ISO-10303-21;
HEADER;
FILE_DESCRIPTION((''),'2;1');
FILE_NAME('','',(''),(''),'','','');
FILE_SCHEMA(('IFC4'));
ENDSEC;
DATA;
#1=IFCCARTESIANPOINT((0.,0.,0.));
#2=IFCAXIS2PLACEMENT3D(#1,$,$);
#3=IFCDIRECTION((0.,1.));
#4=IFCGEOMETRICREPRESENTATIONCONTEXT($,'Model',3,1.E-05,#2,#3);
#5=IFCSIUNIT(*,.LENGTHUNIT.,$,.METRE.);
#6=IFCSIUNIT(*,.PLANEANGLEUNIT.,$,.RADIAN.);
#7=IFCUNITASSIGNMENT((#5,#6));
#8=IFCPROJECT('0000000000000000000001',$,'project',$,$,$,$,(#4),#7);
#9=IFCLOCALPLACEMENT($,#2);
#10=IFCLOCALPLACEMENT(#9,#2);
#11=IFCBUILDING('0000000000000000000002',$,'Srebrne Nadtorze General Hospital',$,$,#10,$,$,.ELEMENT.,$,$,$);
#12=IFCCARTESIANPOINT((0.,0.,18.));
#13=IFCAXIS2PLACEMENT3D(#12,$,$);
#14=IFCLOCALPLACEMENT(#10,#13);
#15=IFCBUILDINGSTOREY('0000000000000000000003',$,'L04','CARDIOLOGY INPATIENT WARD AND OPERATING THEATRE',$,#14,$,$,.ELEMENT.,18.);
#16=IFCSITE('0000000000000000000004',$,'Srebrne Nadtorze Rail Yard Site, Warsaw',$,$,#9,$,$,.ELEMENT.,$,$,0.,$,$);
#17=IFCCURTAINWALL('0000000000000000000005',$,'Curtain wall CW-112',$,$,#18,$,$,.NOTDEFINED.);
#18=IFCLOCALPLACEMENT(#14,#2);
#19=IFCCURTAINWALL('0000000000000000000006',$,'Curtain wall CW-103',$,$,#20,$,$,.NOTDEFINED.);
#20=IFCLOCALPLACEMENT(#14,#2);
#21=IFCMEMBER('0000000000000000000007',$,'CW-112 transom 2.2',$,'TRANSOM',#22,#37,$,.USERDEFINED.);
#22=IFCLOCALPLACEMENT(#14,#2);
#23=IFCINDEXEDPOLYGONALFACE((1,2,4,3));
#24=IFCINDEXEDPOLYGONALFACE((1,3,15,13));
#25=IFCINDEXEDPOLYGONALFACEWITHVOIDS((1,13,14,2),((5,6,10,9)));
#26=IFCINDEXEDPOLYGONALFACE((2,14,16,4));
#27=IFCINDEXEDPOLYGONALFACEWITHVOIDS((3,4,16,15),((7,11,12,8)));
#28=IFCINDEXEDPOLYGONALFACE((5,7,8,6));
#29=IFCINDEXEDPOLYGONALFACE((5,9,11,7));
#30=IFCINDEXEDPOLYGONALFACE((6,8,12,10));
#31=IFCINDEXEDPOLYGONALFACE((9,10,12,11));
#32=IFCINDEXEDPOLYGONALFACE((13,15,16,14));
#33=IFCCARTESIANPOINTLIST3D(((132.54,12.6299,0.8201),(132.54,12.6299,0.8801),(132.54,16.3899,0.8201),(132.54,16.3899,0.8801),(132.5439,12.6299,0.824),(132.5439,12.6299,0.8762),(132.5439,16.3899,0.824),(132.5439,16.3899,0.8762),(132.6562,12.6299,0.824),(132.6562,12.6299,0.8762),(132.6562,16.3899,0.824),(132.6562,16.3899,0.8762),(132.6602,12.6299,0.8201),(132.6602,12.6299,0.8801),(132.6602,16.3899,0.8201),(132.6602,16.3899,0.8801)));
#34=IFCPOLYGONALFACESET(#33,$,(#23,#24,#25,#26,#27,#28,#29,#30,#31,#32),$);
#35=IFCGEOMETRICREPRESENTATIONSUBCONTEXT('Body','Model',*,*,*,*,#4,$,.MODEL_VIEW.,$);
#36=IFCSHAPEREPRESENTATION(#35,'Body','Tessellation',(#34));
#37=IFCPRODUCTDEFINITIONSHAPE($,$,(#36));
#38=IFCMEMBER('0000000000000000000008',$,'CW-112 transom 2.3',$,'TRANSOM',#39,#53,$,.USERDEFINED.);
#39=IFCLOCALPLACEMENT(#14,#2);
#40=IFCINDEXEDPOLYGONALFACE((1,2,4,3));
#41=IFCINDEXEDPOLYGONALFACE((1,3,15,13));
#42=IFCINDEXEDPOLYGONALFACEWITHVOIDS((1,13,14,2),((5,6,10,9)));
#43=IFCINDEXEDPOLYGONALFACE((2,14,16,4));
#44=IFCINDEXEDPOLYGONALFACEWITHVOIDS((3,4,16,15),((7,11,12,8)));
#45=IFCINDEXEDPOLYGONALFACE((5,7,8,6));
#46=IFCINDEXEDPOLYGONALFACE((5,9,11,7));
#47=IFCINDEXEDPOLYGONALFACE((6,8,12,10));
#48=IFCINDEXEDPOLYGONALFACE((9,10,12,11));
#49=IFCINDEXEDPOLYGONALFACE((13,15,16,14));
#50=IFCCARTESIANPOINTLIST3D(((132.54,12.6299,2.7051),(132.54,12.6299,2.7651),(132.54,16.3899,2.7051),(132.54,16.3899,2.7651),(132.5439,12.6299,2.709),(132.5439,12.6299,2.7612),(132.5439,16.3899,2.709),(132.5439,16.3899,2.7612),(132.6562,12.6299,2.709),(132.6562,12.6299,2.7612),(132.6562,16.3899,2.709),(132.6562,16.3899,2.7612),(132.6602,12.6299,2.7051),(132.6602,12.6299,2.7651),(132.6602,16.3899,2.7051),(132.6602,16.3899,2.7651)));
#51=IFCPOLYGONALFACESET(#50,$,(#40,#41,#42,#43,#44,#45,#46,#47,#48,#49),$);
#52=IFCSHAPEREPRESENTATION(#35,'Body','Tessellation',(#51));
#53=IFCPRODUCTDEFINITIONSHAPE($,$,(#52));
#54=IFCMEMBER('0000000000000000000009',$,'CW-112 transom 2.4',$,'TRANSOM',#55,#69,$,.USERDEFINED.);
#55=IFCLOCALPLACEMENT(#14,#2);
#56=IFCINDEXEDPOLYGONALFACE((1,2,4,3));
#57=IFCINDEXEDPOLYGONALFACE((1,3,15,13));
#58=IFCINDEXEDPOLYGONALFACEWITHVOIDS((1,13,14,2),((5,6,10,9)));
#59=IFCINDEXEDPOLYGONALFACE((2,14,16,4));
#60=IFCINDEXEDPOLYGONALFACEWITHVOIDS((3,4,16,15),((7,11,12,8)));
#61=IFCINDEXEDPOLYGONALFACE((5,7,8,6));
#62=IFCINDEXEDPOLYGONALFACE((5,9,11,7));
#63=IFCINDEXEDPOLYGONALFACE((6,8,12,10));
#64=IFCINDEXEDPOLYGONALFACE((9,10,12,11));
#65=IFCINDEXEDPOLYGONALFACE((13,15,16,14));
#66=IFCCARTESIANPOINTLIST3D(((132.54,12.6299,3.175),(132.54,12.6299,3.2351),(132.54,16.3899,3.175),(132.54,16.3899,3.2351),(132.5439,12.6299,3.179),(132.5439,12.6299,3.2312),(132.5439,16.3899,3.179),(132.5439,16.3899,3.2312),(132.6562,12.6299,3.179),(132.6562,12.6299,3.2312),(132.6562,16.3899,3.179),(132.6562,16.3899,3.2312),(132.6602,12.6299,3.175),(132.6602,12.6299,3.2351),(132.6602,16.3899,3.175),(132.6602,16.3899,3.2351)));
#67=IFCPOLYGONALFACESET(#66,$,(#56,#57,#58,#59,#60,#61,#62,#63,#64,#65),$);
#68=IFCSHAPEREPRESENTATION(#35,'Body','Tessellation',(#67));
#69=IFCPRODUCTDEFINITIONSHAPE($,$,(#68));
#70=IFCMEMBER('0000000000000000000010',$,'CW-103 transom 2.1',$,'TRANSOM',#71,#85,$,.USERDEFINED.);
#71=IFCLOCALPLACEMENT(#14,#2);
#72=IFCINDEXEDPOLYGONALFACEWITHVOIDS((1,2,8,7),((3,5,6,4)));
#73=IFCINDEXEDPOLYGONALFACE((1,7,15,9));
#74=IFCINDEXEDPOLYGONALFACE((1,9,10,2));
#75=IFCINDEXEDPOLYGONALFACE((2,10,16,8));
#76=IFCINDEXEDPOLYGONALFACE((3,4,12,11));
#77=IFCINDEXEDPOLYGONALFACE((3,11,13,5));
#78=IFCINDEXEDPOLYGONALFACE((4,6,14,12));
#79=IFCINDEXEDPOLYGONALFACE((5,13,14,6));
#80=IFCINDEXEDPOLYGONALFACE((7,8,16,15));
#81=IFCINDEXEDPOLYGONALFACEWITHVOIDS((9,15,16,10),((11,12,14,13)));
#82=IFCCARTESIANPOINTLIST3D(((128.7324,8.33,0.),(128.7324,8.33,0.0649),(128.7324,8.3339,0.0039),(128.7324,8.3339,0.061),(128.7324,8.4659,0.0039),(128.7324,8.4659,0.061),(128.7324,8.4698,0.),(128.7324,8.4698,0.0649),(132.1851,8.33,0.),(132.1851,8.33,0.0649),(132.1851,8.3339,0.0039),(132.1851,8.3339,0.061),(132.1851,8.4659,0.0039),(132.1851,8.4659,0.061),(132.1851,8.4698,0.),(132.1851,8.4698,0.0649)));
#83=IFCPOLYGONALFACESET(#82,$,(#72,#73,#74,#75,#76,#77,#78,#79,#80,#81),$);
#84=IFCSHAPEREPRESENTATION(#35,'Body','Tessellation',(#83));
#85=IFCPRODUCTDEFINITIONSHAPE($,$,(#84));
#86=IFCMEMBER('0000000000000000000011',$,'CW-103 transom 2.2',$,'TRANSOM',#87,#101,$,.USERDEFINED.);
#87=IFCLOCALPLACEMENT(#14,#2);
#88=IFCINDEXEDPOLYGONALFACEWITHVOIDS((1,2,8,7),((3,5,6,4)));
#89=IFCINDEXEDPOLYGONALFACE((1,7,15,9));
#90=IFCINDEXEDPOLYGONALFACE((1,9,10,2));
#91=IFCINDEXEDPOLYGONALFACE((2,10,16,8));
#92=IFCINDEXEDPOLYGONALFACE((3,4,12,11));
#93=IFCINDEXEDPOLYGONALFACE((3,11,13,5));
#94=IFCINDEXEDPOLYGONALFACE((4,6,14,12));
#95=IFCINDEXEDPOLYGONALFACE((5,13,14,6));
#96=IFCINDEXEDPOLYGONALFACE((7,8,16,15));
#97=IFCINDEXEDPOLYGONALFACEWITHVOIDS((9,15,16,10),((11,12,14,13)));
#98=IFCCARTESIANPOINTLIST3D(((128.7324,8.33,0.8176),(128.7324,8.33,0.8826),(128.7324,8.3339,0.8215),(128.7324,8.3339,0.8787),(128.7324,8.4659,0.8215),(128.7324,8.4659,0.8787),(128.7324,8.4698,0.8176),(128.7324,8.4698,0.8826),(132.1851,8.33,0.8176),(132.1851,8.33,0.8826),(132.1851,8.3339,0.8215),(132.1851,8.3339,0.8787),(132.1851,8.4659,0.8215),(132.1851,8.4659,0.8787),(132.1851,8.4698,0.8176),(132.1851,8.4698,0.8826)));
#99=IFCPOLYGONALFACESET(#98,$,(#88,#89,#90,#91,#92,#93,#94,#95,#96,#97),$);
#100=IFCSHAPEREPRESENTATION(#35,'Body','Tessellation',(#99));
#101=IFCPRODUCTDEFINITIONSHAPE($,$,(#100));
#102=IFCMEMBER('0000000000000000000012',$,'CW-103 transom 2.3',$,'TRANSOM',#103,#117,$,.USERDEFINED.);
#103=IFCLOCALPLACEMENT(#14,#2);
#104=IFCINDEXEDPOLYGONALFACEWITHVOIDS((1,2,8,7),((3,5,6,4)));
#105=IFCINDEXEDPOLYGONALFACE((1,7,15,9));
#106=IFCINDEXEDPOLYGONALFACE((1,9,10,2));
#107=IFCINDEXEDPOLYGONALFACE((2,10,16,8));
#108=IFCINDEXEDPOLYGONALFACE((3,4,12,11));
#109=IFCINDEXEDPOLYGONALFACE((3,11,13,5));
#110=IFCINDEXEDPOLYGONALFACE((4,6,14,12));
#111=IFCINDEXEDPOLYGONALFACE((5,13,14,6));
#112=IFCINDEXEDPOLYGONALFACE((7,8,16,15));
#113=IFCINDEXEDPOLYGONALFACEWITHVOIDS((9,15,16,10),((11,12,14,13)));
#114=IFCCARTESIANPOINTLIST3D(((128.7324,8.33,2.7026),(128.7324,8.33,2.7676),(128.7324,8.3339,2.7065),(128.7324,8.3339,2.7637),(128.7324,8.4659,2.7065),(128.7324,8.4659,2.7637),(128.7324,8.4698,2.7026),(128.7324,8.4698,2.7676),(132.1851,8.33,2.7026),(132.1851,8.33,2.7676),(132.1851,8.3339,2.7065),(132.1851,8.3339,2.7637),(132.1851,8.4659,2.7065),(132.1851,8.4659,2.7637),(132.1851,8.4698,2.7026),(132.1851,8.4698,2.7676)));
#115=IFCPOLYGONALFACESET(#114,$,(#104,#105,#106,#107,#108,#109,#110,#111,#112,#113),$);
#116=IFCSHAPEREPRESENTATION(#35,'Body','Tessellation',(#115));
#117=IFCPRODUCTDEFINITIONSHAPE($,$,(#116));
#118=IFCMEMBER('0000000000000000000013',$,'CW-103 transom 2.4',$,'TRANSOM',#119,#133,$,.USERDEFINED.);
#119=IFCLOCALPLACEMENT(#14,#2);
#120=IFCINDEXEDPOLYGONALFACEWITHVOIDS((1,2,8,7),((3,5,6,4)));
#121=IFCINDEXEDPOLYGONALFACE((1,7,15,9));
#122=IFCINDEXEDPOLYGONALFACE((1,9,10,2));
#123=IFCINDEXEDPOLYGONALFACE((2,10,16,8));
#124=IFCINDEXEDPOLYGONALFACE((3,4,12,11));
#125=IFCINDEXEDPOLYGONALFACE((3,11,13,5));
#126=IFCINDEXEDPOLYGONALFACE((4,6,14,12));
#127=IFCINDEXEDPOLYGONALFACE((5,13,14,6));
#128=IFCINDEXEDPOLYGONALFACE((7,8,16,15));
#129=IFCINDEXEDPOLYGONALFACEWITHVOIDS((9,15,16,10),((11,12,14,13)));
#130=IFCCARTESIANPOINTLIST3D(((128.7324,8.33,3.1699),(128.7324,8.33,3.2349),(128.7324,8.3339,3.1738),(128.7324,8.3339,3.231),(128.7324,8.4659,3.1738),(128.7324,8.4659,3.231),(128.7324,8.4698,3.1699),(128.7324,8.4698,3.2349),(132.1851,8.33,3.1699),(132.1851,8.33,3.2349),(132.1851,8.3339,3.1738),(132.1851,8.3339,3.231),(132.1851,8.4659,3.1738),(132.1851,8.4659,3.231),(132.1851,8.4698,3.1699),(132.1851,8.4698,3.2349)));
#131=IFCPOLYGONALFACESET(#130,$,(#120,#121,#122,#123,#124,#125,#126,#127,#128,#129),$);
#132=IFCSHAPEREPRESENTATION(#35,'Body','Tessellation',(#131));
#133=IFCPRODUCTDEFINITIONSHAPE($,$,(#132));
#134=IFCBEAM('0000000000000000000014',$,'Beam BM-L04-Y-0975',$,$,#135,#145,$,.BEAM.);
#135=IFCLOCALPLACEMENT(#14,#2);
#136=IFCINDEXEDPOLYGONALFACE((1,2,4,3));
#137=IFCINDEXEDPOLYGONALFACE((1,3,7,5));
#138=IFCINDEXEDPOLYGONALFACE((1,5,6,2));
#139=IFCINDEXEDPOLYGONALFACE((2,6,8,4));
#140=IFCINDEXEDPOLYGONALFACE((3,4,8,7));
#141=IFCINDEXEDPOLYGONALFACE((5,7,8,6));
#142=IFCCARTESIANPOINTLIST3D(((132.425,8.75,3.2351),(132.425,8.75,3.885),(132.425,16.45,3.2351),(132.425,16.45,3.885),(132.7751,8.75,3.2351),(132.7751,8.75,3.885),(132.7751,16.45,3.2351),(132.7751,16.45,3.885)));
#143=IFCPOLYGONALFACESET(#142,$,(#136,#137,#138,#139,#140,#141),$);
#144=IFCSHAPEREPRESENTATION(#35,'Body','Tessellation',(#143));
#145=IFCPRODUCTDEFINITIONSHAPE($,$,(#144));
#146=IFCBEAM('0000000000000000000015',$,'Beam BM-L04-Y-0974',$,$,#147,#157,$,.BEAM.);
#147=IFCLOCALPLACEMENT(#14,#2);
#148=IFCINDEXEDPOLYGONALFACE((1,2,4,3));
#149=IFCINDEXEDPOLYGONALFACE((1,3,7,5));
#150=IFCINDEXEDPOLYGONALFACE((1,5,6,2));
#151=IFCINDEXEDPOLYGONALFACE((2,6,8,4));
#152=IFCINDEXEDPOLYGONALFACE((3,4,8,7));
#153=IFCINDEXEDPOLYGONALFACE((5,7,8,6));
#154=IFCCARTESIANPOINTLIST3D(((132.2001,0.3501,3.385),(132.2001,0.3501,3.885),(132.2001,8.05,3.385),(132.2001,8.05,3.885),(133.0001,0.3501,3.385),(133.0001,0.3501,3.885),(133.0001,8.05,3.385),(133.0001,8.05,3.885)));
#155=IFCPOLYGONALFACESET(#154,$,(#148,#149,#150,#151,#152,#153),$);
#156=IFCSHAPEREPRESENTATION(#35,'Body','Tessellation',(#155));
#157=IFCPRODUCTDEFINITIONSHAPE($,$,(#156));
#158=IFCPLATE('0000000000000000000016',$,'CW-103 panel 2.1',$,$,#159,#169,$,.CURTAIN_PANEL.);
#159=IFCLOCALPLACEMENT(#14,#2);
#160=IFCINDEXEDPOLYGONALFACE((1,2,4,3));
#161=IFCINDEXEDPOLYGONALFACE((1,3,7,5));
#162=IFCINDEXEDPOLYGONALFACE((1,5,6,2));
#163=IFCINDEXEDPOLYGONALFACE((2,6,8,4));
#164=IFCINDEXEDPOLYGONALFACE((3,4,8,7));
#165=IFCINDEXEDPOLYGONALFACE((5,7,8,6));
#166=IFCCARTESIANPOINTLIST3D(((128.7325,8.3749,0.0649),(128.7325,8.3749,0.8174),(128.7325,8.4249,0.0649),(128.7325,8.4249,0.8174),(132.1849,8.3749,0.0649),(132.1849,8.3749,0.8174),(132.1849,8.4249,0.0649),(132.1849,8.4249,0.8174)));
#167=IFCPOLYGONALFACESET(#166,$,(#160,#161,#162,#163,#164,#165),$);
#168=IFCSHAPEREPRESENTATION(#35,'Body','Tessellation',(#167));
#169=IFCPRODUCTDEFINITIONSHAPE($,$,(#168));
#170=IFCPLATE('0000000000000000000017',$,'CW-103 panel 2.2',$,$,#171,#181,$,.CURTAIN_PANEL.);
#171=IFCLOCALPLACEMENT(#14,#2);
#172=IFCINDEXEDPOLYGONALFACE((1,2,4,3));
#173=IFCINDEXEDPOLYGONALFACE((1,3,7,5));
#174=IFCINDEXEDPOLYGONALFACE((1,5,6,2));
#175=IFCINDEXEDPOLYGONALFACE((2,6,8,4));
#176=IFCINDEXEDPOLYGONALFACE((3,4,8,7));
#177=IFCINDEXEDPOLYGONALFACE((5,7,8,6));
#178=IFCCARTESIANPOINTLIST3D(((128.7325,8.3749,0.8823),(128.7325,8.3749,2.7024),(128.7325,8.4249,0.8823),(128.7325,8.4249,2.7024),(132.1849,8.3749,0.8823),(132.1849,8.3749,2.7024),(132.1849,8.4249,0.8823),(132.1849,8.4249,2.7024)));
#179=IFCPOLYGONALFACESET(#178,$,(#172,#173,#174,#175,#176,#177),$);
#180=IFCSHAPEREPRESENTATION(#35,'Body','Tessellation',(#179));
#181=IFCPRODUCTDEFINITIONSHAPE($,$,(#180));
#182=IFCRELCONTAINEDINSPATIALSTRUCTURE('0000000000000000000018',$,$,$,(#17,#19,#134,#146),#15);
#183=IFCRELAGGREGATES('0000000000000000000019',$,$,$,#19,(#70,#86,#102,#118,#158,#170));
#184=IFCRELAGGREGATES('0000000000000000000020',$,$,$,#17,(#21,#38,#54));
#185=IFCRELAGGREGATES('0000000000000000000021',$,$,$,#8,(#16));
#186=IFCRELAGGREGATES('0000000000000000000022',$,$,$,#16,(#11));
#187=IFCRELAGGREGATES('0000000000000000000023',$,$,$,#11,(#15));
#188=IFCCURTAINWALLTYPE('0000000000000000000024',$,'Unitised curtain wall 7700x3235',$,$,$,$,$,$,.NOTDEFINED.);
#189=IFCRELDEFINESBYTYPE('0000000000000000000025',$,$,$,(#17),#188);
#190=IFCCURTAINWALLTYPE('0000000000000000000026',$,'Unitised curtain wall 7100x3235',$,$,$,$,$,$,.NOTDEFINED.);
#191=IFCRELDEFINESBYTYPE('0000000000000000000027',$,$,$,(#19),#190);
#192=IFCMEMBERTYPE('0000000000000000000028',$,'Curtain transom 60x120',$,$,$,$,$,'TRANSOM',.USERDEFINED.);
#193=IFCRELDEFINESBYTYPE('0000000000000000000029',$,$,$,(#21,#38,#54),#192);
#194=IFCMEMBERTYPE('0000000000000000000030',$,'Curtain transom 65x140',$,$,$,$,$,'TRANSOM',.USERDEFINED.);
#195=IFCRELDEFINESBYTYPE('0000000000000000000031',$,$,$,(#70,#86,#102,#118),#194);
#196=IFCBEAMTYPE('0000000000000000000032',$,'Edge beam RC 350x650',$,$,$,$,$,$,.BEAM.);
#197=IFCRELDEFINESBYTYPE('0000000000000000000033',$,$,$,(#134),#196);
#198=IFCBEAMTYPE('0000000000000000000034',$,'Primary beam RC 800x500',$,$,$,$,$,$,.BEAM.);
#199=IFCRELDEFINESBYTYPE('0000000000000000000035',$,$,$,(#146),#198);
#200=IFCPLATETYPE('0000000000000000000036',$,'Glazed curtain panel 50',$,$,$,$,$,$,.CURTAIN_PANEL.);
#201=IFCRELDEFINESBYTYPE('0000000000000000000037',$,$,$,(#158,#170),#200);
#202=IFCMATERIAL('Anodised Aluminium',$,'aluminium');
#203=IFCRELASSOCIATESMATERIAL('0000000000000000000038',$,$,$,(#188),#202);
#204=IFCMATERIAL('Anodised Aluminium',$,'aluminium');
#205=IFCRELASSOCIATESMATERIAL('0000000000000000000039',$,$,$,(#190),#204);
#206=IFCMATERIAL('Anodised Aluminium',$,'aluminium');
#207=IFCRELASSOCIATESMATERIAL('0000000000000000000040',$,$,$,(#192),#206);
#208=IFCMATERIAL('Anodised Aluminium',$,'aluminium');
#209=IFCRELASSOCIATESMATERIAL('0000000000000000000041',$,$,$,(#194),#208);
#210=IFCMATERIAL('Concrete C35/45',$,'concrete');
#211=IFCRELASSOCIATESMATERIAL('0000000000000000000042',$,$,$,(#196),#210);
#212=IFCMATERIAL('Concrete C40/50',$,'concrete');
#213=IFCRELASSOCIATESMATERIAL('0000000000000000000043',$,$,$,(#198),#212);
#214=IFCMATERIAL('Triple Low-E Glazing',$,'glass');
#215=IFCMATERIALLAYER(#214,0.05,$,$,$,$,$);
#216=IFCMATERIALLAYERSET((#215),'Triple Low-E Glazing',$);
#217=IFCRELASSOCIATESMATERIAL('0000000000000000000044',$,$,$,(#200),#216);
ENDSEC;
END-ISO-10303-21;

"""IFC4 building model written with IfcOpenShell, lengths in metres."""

from ifc_helpers import new_model, si_unit, direction, frame, origin, origin_2d, place, context, subcontext, project, spatial, rectangle, hollow_rectangle, extrude, material, layer, layer_set, material_profile, profile_set, type_object, element, aggregate, save


model = new_model("IFC4")

# Units and contexts
model_context = context("Model", 3, precision=1e-05, world=origin(), true_north=direction((0.0, 1.0)))
body_context = subcontext(model_context, "Body", "Model", "MODEL_VIEW")
ifc_project = project(units=[si_unit("LENGTHUNIT", "METRE"), si_unit("PLANEANGLEUNIT", "RADIAN")], contexts=[model_context])

# Site, building, storey
site_placement = place(None, origin())
site = spatial("IfcSite", under=ifc_project, at=site_placement, Name="Srebrne Nadtorze Rail Yard Site, Warsaw", CompositionType="ELEMENT", RefElevation=0.0)
building_placement = place(site_placement, origin())
building = spatial("IfcBuilding", under=site, at=building_placement, Name="Srebrne Nadtorze General Hospital", CompositionType="ELEMENT")
storey_placement = place(building_placement, frame((0.0, 0.0, 18.0)))
storey = spatial("IfcBuildingStorey", under=building, at=storey_placement, Name="L04", Description="CARDIOLOGY INPATIENT WARD AND OPERATING THEATRE", CompositionType="ELEMENT", Elevation=18.0)

# Curtain walls
ifc_material_1 = material(Name="Anodised Aluminium", Category="aluminium")
curtain_wall_type_1 = type_object("IfcCurtainWallType", Name="Unitised curtain wall 7700x3235", PredefinedType="NOTDEFINED", material=ifc_material_1)
curtain_wall_1_placement = place(storey_placement, origin())
curtain_wall_1 = element("IfcCurtainWall", 1, at=curtain_wall_1_placement, inside=storey, type_object=curtain_wall_type_1, Name="Curtain wall CW-112", PredefinedType="NOTDEFINED")
ifc_material_2 = material(Name="Anodised Aluminium", Category="aluminium")
curtain_wall_type_2 = type_object("IfcCurtainWallType", Name="Unitised curtain wall 7100x3235", PredefinedType="NOTDEFINED", material=ifc_material_2)
curtain_wall_2_placement = place(storey_placement, origin())
curtain_wall_2 = element("IfcCurtainWall", 2, at=curtain_wall_2_placement, inside=storey, type_object=curtain_wall_type_2, Name="Curtain wall CW-103", PredefinedType="NOTDEFINED")

# Members
ifc_material_3 = material(Name="Anodised Aluminium", Category="aluminium")
ifc_material_profile_1 = material_profile(ifc_material_3, hollow_rectangle(XDim=0.0601, YDim=0.1201, WallThickness=0.0039, at=origin_2d()), Name="AL-TRN-60x120")
ifc_profile_set_1 = profile_set([ifc_material_profile_1], Name="Anodised Aluminium")
member_type_1 = type_object("IfcMemberType", Name="Curtain transom 60x120", ElementType="TRANSOM", PredefinedType="USERDEFINED", material=ifc_profile_set_1)
member_1_placement = place(storey_placement, frame((132.6001, 12.6299, 0.8501), z_axis=(0.0, 1.0, 0.0), x_axis=(0.0, 0.0, 1.0)))
member_1 = element("IfcMember", 3, at=member_1_placement, type_object=member_type_1, Name="CW-112 transom 2.2", ObjectType="TRANSOM", PredefinedType="USERDEFINED", context=body_context, shape_type="SweptSolid", body=[
    extrude(hollow_rectangle(XDim=0.0601, YDim=0.1201, WallThickness=0.0039, at=origin_2d()), origin(), (0.0, 0.0, 1.0), 3.76),
])
member_2_placement = place(storey_placement, frame((132.6001, 12.6299, 2.7351), z_axis=(0.0, 1.0, 0.0), x_axis=(0.0, 0.0, 1.0)))
member_2 = element("IfcMember", 4, at=member_2_placement, type_object=member_type_1, Name="CW-112 transom 2.3", ObjectType="TRANSOM", PredefinedType="USERDEFINED", context=body_context, shape_type="SweptSolid", body=[
    extrude(hollow_rectangle(XDim=0.0601, YDim=0.1201, WallThickness=0.0039, at=origin_2d()), origin(), (0.0, 0.0, 1.0), 3.76),
])
member_3_placement = place(storey_placement, frame((132.6001, 12.6299, 3.2051), z_axis=(0.0, 1.0, 0.0), x_axis=(0.0, 0.0, 1.0)))
member_3 = element("IfcMember", 5, at=member_3_placement, type_object=member_type_1, Name="CW-112 transom 2.4", ObjectType="TRANSOM", PredefinedType="USERDEFINED", context=body_context, shape_type="SweptSolid", body=[
    extrude(hollow_rectangle(XDim=0.0601, YDim=0.1201, WallThickness=0.0039, at=origin_2d()), origin(), (0.0, 0.0, 1.0), 3.76),
])
ifc_material_4 = material(Name="Anodised Aluminium", Category="aluminium")
ifc_material_profile_2 = material_profile(ifc_material_4, hollow_rectangle(XDim=0.0649, YDim=0.1399, WallThickness=0.0039, at=origin_2d()), Name="AL-TRN-65x140")
ifc_profile_set_2 = profile_set([ifc_material_profile_2], Name="Anodised Aluminium")
member_type_2 = type_object("IfcMemberType", Name="Curtain transom 65x140", ElementType="TRANSOM", PredefinedType="USERDEFINED", material=ifc_profile_set_2)
member_4_placement = place(storey_placement, frame((128.7324, 8.3999, 0.0325), z_axis=(1.0, 0.0, 0.0), x_axis=(0.0, 0.0, 1.0)))
member_4 = element("IfcMember", 6, at=member_4_placement, type_object=member_type_2, Name="CW-103 transom 2.1", ObjectType="TRANSOM", PredefinedType="USERDEFINED", context=body_context, shape_type="SweptSolid", body=[
    extrude(hollow_rectangle(XDim=0.0649, YDim=0.1399, WallThickness=0.0039, at=origin_2d()), origin(), (0.0, 0.0, 1.0), 3.4526),
])
member_5_placement = place(storey_placement, frame((128.7324, 8.3999, 0.8501), z_axis=(1.0, 0.0, 0.0), x_axis=(0.0, 0.0, 1.0)))
member_5 = element("IfcMember", 7, at=member_5_placement, type_object=member_type_2, Name="CW-103 transom 2.2", ObjectType="TRANSOM", PredefinedType="USERDEFINED", context=body_context, shape_type="SweptSolid", body=[
    extrude(hollow_rectangle(XDim=0.0649, YDim=0.1399, WallThickness=0.0039, at=origin_2d()), origin(), (0.0, 0.0, 1.0), 3.4526),
])
member_6_placement = place(storey_placement, frame((128.7324, 8.3999, 2.7351), z_axis=(1.0, 0.0, 0.0), x_axis=(0.0, 0.0, 1.0)))
member_6 = element("IfcMember", 8, at=member_6_placement, type_object=member_type_2, Name="CW-103 transom 2.3", ObjectType="TRANSOM", PredefinedType="USERDEFINED", context=body_context, shape_type="SweptSolid", body=[
    extrude(hollow_rectangle(XDim=0.0649, YDim=0.1399, WallThickness=0.0039, at=origin_2d()), origin(), (0.0, 0.0, 1.0), 3.4526),
])
member_7_placement = place(storey_placement, frame((128.7324, 8.3999, 3.2024), z_axis=(1.0, 0.0, 0.0), x_axis=(0.0, 0.0, 1.0)))
member_7 = element("IfcMember", 9, at=member_7_placement, type_object=member_type_2, Name="CW-103 transom 2.4", ObjectType="TRANSOM", PredefinedType="USERDEFINED", context=body_context, shape_type="SweptSolid", body=[
    extrude(hollow_rectangle(XDim=0.0649, YDim=0.1399, WallThickness=0.0039, at=origin_2d()), origin(), (0.0, 0.0, 1.0), 3.4526),
])

# Beams
ifc_material_5 = material(Name="Concrete C35/45", Category="concrete")
ifc_material_profile_3 = material_profile(ifc_material_5, rectangle(XDim=0.3501, YDim=0.6499, at=origin_2d()), Name="RC-BM-350x650")
ifc_profile_set_3 = profile_set([ifc_material_profile_3], Name="Concrete C35/45")
beam_type_1 = type_object("IfcBeamType", Name="Edge beam RC 350x650", PredefinedType="BEAM", material=ifc_profile_set_3)
beam_1_placement = place(storey_placement, frame((132.6001, 8.75, 3.5601), z_axis=(0.0, 1.0, 0.0), x_axis=(-1.0, 0.0, 0.0)))
element("IfcBeam", 10, at=beam_1_placement, inside=storey, type_object=beam_type_1, Name="Beam BM-L04-Y-0975", PredefinedType="BEAM", context=body_context, shape_type="SweptSolid", body=[
    extrude(rectangle(XDim=0.3501, YDim=0.6499, at=origin_2d()), origin(), (0.0, 0.0, 1.0), 7.7),
])
ifc_material_6 = material(Name="Concrete C40/50", Category="concrete")
ifc_material_profile_4 = material_profile(ifc_material_6, rectangle(XDim=0.8, YDim=0.5, at=origin_2d()), Name="RC-BM-800x500")
ifc_profile_set_4 = profile_set([ifc_material_profile_4], Name="Concrete C40/50")
beam_type_2 = type_object("IfcBeamType", Name="Primary beam RC 800x500", PredefinedType="BEAM", material=ifc_profile_set_4)
beam_2_placement = place(storey_placement, frame((132.6001, 0.3501, 3.635), z_axis=(0.0, 1.0, 0.0), x_axis=(-1.0, 0.0, 0.0)))
element("IfcBeam", 11, at=beam_2_placement, inside=storey, type_object=beam_type_2, Name="Beam BM-L04-Y-0974", PredefinedType="BEAM", context=body_context, shape_type="SweptSolid", body=[
    extrude(rectangle(XDim=0.8, YDim=0.5, at=origin_2d()), origin(), (0.0, 0.0, 1.0), 7.7),
])

# Plates
ifc_material_7 = material(Name="Triple Low-E Glazing", Category="glass")
ifc_layer_1 = layer(ifc_material_7, 0.05)
ifc_layer_set_1 = layer_set([ifc_layer_1], Name="Triple Low-E Glazing")
plate_type = type_object("IfcPlateType", Name="Glazed curtain panel 50", PredefinedType="CURTAIN_PANEL", material=ifc_layer_set_1)
plate_1_placement = place(storey_placement, frame((130.4587, 8.3999, 0.0649), z_axis=(0.0, 0.0, 1.0), x_axis=(1.0, 0.0, 0.0)))
plate_1 = element("IfcPlate", 12, at=plate_1_placement, type_object=plate_type, Name="CW-103 panel 2.1", PredefinedType="CURTAIN_PANEL", context=body_context, shape_type="SweptSolid", body=[
    extrude(rectangle(XDim=3.4524, YDim=0.05, at=origin_2d()), origin(), (0.0, 0.0, 1.0), 0.7524),
])
plate_2_placement = place(storey_placement, frame((130.4587, 8.3999, 0.8823), z_axis=(0.0, 0.0, 1.0), x_axis=(1.0, 0.0, 0.0)))
plate_2 = element("IfcPlate", 13, at=plate_2_placement, type_object=plate_type, Name="CW-103 panel 2.2", PredefinedType="CURTAIN_PANEL", context=body_context, shape_type="SweptSolid", body=[
    extrude(rectangle(XDim=3.4524, YDim=0.05, at=origin_2d()), origin(), (0.0, 0.0, 1.0), 1.8201),
])
aggregate(curtain_wall_2, [member_4, member_5, member_6, member_7, plate_1, plate_2])
aggregate(curtain_wall_1, [member_1, member_2, member_3])

save(model, "model.ifc")
